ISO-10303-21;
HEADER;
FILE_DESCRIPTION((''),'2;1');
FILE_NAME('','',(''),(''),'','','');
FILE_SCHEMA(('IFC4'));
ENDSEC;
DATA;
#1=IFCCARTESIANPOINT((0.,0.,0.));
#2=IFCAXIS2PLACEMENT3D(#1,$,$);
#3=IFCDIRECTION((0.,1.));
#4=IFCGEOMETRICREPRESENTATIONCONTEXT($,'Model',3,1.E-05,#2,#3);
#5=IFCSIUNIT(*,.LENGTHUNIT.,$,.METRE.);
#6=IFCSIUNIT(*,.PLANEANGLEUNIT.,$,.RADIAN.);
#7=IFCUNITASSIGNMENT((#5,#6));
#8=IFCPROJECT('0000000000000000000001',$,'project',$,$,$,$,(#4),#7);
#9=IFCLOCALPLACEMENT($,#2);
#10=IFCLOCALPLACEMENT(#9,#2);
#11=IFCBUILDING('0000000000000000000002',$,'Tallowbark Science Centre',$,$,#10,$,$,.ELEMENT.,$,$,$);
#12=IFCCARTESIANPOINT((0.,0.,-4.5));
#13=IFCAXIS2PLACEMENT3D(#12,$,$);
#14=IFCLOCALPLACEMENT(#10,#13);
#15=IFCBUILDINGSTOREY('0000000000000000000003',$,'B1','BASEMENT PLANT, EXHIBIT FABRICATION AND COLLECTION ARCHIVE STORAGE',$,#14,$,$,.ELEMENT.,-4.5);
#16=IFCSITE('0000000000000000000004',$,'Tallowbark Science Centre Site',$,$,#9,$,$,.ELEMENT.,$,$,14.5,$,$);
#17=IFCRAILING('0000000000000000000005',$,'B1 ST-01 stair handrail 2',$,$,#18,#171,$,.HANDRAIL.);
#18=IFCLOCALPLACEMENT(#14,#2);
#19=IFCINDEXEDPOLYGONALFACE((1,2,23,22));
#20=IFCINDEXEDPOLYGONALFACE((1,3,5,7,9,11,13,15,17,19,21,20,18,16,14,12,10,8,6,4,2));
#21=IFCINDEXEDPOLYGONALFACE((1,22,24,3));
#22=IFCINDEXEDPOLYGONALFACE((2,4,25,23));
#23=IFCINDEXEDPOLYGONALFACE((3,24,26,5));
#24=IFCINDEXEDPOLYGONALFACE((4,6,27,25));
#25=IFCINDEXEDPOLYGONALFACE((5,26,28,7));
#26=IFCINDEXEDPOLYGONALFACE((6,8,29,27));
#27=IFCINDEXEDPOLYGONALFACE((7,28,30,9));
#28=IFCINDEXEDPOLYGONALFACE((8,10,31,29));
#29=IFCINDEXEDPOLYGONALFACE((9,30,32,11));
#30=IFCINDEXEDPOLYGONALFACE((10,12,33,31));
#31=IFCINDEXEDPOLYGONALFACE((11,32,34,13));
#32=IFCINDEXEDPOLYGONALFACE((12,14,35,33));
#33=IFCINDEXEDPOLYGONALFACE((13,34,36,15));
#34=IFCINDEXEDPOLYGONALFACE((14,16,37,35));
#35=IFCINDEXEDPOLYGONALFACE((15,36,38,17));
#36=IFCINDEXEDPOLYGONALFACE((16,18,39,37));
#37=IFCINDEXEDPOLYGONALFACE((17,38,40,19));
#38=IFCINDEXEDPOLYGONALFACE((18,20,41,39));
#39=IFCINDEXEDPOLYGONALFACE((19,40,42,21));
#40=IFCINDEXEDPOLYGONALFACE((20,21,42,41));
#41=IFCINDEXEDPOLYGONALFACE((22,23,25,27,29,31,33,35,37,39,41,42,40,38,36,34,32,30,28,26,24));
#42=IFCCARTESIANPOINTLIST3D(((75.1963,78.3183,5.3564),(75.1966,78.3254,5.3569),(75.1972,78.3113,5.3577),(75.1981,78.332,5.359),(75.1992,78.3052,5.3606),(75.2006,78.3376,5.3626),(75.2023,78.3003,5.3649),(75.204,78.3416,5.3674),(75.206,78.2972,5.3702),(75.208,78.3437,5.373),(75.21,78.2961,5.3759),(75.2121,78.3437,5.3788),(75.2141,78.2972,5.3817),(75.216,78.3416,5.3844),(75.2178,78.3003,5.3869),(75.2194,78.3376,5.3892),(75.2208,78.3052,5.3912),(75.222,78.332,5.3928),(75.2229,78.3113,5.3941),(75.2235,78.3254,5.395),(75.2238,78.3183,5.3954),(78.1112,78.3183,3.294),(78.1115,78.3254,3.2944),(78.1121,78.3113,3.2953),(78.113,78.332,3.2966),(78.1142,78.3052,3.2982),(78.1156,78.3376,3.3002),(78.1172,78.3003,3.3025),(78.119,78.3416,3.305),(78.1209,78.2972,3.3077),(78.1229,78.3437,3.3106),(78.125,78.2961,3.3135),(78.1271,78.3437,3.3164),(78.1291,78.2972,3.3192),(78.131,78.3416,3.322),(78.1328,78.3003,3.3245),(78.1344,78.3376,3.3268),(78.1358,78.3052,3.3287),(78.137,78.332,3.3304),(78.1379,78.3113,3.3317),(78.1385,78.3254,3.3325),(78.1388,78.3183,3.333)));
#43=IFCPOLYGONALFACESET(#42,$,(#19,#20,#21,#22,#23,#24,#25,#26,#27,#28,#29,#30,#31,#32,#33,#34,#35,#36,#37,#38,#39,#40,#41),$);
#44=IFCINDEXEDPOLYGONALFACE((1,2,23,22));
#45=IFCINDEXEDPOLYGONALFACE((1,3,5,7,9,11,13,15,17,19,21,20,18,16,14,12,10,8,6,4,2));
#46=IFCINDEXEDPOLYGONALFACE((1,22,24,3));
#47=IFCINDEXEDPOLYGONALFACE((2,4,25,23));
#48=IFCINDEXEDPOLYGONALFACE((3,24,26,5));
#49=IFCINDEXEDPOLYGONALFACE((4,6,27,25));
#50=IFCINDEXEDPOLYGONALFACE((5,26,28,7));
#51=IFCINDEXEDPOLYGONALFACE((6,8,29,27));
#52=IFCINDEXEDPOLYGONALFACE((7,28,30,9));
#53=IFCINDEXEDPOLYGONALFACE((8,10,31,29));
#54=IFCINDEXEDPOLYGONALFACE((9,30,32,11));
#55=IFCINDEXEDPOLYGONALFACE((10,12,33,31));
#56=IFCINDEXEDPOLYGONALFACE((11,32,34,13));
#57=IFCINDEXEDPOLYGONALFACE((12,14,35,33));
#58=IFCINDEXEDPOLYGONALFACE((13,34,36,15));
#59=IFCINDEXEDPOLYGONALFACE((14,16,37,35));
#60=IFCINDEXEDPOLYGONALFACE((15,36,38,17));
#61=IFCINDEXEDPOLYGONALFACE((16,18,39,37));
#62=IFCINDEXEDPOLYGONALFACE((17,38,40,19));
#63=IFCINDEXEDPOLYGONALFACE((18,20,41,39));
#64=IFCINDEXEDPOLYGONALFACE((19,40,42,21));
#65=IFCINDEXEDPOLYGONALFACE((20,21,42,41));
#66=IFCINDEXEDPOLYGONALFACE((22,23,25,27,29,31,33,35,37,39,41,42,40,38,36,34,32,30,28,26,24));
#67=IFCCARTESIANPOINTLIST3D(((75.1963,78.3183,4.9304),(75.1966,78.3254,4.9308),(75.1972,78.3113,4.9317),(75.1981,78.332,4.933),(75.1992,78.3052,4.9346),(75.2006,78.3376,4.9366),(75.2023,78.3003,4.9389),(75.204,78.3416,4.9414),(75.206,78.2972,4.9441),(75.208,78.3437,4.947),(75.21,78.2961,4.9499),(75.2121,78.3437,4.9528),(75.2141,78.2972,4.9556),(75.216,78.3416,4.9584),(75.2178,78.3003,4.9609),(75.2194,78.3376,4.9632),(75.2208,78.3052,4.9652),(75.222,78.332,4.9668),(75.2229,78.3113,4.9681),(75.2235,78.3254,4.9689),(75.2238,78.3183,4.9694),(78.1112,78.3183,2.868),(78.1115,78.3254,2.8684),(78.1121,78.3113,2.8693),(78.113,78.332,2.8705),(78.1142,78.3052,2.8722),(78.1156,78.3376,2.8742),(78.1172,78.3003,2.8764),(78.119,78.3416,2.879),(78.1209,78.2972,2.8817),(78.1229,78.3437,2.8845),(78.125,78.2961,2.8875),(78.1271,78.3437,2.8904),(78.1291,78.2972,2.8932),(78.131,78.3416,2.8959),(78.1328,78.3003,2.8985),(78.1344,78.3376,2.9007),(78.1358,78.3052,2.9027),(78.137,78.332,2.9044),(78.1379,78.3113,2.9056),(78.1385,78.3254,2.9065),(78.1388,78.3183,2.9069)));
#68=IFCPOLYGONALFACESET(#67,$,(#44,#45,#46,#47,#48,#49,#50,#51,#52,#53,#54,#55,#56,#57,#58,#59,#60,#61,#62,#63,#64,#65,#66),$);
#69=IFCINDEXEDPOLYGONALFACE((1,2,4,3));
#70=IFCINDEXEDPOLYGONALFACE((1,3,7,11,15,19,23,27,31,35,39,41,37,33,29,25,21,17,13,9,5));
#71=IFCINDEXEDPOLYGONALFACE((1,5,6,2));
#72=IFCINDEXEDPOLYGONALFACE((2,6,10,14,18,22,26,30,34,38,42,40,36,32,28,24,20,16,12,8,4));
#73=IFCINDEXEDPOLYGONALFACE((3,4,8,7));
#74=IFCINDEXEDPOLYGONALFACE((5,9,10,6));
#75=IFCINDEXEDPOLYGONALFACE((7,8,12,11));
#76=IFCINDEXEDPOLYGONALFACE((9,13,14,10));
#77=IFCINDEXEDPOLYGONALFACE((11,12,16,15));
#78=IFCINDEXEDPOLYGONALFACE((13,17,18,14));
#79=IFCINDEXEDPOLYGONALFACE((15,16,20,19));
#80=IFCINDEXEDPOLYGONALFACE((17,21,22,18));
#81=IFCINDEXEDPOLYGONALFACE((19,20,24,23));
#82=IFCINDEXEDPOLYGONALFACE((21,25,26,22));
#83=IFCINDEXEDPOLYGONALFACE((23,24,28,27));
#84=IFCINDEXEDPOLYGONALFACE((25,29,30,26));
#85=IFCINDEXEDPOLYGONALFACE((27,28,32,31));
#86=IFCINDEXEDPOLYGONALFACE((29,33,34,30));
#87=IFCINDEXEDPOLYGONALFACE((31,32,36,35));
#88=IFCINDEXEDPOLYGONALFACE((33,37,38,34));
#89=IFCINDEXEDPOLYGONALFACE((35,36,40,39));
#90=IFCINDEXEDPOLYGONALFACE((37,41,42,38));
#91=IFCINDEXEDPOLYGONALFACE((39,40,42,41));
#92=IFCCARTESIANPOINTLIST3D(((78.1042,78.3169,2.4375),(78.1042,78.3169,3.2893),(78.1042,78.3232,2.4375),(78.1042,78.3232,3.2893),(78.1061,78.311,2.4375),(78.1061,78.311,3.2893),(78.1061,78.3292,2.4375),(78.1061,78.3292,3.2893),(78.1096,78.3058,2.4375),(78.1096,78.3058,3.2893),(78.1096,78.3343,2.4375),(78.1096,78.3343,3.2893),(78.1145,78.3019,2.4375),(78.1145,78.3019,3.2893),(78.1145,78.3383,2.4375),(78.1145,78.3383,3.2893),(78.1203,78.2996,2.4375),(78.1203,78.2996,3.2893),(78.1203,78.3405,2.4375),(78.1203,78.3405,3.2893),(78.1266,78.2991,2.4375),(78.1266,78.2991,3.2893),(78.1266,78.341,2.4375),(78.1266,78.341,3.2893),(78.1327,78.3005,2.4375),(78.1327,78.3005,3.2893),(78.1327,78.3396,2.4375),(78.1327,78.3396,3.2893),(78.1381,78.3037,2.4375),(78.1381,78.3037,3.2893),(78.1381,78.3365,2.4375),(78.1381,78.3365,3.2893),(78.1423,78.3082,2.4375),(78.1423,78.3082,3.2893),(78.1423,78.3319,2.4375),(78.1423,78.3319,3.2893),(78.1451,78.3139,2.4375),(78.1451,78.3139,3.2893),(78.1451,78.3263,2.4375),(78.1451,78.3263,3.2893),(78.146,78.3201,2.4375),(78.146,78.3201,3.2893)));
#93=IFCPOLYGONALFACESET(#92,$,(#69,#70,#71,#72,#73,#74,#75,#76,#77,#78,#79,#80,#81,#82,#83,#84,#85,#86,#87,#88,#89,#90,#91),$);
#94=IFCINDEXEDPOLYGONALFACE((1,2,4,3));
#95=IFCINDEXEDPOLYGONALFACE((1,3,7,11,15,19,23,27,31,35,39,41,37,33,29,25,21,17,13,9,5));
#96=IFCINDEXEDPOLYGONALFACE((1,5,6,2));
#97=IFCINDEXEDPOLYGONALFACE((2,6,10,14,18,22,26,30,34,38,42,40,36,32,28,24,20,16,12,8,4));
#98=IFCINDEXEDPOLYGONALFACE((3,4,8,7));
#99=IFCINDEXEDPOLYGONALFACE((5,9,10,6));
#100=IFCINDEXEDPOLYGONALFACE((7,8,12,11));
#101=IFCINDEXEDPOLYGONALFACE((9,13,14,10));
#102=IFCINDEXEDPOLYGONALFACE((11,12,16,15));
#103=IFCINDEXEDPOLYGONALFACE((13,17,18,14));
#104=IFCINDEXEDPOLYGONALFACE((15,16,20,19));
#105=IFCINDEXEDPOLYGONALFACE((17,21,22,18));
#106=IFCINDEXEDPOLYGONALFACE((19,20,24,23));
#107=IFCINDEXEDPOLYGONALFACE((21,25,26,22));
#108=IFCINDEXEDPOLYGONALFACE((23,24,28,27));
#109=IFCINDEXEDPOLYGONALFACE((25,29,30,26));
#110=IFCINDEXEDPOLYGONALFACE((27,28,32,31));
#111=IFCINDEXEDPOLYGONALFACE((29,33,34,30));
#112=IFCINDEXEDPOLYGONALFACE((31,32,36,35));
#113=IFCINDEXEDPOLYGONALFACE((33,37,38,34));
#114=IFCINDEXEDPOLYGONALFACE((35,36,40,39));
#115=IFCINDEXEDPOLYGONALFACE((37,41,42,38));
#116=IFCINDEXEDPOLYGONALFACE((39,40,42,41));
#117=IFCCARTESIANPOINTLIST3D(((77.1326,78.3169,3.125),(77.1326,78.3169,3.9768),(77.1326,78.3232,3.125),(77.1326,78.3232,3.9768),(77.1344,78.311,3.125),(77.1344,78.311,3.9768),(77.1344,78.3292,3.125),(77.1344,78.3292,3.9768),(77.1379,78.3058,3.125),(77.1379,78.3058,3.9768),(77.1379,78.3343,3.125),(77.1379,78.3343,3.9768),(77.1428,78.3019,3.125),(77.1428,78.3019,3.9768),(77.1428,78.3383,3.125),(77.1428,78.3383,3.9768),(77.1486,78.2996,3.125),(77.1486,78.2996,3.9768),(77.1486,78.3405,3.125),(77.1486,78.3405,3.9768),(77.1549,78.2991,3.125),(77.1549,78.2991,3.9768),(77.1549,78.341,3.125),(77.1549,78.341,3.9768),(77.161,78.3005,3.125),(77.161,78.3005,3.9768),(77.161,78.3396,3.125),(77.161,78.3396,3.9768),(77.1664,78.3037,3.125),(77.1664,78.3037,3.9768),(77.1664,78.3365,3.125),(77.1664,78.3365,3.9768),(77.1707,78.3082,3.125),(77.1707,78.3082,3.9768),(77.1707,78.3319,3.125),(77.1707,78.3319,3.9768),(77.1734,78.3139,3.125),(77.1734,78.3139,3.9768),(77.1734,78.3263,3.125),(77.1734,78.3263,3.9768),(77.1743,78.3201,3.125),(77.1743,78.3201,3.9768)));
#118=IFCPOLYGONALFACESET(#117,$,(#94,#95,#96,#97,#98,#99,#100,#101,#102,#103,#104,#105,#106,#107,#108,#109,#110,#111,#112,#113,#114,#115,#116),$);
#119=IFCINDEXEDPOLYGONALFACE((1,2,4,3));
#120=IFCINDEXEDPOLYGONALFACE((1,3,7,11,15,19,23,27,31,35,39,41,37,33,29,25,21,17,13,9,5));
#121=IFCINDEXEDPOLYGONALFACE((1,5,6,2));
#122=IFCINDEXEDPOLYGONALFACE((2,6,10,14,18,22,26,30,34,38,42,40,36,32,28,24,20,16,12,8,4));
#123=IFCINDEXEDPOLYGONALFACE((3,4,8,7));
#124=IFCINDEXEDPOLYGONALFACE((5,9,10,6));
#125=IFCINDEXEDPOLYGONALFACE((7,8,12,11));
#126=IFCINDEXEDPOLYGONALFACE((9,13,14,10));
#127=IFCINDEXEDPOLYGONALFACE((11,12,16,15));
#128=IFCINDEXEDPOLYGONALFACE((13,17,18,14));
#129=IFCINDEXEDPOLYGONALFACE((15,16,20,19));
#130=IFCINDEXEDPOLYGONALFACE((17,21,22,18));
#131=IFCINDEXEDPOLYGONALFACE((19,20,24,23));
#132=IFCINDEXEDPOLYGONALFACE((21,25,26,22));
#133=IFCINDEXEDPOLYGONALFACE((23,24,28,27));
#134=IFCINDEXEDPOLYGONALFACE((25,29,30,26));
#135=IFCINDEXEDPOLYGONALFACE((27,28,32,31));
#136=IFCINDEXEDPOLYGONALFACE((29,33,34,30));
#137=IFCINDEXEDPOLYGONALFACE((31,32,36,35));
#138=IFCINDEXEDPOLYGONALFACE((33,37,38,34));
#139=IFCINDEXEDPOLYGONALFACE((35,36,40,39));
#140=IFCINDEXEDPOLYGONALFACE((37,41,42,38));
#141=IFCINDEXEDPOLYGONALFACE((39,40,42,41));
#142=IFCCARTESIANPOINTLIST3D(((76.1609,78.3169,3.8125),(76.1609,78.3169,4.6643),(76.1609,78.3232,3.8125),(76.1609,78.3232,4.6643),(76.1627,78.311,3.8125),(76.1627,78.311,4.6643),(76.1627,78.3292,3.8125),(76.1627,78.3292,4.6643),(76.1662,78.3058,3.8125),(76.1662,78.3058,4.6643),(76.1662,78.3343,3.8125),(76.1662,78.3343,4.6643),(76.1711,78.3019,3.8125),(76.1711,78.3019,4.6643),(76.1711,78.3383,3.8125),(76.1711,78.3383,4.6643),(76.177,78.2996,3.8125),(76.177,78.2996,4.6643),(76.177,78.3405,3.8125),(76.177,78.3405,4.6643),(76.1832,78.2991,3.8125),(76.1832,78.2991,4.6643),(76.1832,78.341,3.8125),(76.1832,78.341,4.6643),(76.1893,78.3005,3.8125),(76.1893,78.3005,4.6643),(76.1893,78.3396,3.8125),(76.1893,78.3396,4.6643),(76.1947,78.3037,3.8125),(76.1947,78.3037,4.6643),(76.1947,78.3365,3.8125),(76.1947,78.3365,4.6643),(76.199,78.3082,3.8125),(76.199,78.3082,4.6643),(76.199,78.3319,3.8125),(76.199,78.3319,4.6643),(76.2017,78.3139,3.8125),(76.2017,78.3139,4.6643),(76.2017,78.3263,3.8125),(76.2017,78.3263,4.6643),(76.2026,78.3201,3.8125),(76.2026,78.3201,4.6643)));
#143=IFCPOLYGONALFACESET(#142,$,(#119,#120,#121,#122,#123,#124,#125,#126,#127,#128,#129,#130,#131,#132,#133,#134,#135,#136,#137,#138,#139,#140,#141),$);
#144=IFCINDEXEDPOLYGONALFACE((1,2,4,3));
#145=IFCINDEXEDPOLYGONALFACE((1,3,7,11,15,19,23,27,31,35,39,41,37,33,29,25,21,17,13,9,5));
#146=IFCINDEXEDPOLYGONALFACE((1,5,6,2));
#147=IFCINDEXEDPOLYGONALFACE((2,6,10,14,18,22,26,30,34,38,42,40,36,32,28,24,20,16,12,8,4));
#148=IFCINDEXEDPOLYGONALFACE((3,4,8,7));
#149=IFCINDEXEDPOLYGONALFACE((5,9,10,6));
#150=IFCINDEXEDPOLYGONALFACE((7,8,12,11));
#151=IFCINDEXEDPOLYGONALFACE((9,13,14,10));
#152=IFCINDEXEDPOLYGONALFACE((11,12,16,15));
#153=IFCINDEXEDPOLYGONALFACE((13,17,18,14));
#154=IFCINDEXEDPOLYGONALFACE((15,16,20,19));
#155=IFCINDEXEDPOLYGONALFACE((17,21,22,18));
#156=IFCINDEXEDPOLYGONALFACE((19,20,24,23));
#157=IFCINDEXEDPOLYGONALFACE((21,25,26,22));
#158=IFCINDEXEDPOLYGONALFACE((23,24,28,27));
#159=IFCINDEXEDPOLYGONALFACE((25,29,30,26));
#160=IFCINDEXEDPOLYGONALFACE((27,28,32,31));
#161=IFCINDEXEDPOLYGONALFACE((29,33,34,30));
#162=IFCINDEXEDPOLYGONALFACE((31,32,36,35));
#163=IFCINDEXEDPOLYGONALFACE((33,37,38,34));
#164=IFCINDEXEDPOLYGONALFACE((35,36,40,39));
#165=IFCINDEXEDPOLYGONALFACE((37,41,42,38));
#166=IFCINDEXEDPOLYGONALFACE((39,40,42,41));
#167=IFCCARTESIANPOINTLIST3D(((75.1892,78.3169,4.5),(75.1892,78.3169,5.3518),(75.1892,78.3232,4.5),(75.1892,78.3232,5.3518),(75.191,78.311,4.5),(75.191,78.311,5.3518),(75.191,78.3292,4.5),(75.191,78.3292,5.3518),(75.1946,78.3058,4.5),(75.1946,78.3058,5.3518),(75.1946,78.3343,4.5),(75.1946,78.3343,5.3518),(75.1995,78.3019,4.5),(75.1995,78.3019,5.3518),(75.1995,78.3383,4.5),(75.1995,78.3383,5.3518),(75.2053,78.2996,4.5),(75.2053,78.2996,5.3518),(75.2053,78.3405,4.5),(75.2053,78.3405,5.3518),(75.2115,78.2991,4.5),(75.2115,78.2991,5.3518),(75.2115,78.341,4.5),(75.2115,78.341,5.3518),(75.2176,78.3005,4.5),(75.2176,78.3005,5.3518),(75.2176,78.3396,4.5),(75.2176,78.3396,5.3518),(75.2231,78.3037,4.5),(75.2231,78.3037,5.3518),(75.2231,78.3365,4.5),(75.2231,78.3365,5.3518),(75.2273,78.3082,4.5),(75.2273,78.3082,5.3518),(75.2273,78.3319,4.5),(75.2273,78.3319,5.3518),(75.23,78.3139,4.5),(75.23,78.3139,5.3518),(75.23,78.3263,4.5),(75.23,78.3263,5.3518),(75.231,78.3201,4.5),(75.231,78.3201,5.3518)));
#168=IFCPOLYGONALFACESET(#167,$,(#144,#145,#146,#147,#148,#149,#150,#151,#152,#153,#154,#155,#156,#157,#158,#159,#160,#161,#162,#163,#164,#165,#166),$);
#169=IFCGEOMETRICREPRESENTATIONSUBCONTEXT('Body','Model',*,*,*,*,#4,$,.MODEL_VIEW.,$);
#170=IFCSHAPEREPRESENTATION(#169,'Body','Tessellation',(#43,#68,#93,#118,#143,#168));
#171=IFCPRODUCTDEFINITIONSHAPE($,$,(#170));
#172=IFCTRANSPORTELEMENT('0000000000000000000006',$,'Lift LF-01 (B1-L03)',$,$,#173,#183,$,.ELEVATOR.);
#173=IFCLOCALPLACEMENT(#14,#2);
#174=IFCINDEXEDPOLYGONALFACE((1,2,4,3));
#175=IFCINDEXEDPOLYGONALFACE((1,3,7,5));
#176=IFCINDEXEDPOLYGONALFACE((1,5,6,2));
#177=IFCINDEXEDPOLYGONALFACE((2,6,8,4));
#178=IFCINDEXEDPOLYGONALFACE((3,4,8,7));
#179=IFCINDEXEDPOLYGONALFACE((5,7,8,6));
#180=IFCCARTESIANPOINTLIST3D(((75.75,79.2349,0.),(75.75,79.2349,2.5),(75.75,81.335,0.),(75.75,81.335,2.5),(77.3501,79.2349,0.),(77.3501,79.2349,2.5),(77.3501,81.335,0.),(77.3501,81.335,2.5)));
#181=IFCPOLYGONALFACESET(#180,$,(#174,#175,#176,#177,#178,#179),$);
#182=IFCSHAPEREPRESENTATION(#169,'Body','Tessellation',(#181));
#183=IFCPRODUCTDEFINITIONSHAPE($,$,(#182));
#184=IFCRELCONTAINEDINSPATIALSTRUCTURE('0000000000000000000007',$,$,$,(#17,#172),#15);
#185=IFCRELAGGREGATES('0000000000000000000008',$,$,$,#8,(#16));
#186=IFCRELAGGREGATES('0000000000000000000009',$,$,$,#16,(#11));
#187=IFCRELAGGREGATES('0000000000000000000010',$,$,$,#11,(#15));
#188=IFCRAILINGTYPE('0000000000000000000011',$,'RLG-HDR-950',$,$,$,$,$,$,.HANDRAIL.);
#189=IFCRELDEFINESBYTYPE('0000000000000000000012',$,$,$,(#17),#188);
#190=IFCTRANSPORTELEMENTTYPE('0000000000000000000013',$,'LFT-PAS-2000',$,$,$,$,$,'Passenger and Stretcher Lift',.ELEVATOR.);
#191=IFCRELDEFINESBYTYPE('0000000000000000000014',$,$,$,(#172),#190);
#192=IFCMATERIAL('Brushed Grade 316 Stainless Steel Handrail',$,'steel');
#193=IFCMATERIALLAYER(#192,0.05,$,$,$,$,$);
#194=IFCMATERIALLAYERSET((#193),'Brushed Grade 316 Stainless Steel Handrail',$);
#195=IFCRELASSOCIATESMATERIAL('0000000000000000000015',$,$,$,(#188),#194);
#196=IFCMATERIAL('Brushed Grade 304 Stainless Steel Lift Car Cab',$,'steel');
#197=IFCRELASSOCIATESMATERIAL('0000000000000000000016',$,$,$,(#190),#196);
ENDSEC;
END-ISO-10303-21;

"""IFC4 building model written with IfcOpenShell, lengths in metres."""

from ifc_helpers import new_model, si_unit, direction, frame, origin, origin_2d, place, context, subcontext, project, spatial, rectangle, circle, extrude, material, layer, layer_set, type_object, element, save


model = new_model("IFC4")

# Units and contexts
model_context = context("Model", 3, precision=1e-05, world=origin(), true_north=direction((0.0, 1.0)))
body_context = subcontext(model_context, "Body", "Model", "MODEL_VIEW")
ifc_project = project(units=[si_unit("LENGTHUNIT", "METRE"), si_unit("PLANEANGLEUNIT", "RADIAN")], contexts=[model_context])

# Site, building, storey
site_placement = place(None, origin())
site = spatial("IfcSite", under=ifc_project, at=site_placement, Name="Tallowbark Science Centre Site", CompositionType="ELEMENT", RefElevation=14.5)
building_placement = place(site_placement, origin())
building = spatial("IfcBuilding", under=site, at=building_placement, Name="Tallowbark Science Centre", CompositionType="ELEMENT")
storey_placement = place(building_placement, frame((0.0, 0.0, -4.5)))
storey = spatial("IfcBuildingStorey", under=building, at=storey_placement, Name="B1", Description="BASEMENT PLANT, EXHIBIT FABRICATION AND COLLECTION ARCHIVE STORAGE", CompositionType="ELEMENT", Elevation=-4.5)

# Railing
ifc_material_1 = material(Name="Brushed Grade 316 Stainless Steel Handrail", Category="steel")
ifc_layer_1 = layer(ifc_material_1, 0.05)
ifc_layer_set_1 = layer_set([ifc_layer_1], Name="Brushed Grade 316 Stainless Steel Handrail")
railing_type_1 = type_object("IfcRailingType", Name="RLG-HDR-950", PredefinedType="HANDRAIL", material=ifc_layer_set_1)
railing_1_placement = place(storey_placement, frame((78.125, 78.3201, 2.4375)))
element("IfcRailing", 1, at=railing_1_placement, inside=storey, type_object=railing_type_1, Name="B1 ST-01 stair handrail 2", PredefinedType="HANDRAIL", context=body_context, shape_type="SweptSolid", body=[
    extrude(circle(Radius=0.0239, at=origin_2d()), frame((0.0, 0.0, 0.876), z_axis=(-0.816331, 0.0, 0.577585), x_axis=(0.0, -1.0, 0.0)), (0.0, 0.0, 1.0), 3.5708),
    extrude(circle(Radius=0.0239, at=origin_2d()), frame((0.0, 0.0, 0.45), z_axis=(-0.816331, 0.0, 0.577585), x_axis=(0.0, -1.0, 0.0)), (0.0, 0.0, 1.0), 3.5708),
    extrude(circle(Radius=0.021, at=origin_2d()), origin(), (0.0, 0.0, 1.0), 0.8518),
    extrude(circle(Radius=0.021, at=origin_2d()), frame((-0.9717, 0.0, 0.6875)), (0.0, 0.0, 1.0), 0.8518),
    extrude(circle(Radius=0.021, at=origin_2d()), frame((-1.9434, 0.0, 1.375)), (0.0, 0.0, 1.0), 0.8518),
    extrude(circle(Radius=0.021, at=origin_2d()), frame((-2.915, 0.0, 2.0625)), (0.0, 0.0, 1.0), 0.8518),
])

# Transport element
ifc_material_2 = material(Name="Brushed Grade 304 Stainless Steel Lift Car Cab", Category="steel")
transport_element_type = type_object("IfcTransportElementType", Name="LFT-PAS-2000", ElementType="Passenger and Stretcher Lift", PredefinedType="ELEVATOR", material=ifc_material_2)
transport_element_placement = place(storey_placement, frame((76.55, 80.2849, 0.0), z_axis=(0.0, 0.0, 1.0), x_axis=(1.0, 0.0, 0.0)))
element("IfcTransportElement", 2, at=transport_element_placement, inside=storey, type_object=transport_element_type, Name="Lift LF-01 (B1-L03)", PredefinedType="ELEVATOR", context=body_context, shape_type="SweptSolid", body=[
    extrude(rectangle(XDim=1.6001, YDim=2.1001, at=origin_2d()), origin(), (0.0, 0.0, 1.0), 2.5),
])

save(model, "model.ifc")
